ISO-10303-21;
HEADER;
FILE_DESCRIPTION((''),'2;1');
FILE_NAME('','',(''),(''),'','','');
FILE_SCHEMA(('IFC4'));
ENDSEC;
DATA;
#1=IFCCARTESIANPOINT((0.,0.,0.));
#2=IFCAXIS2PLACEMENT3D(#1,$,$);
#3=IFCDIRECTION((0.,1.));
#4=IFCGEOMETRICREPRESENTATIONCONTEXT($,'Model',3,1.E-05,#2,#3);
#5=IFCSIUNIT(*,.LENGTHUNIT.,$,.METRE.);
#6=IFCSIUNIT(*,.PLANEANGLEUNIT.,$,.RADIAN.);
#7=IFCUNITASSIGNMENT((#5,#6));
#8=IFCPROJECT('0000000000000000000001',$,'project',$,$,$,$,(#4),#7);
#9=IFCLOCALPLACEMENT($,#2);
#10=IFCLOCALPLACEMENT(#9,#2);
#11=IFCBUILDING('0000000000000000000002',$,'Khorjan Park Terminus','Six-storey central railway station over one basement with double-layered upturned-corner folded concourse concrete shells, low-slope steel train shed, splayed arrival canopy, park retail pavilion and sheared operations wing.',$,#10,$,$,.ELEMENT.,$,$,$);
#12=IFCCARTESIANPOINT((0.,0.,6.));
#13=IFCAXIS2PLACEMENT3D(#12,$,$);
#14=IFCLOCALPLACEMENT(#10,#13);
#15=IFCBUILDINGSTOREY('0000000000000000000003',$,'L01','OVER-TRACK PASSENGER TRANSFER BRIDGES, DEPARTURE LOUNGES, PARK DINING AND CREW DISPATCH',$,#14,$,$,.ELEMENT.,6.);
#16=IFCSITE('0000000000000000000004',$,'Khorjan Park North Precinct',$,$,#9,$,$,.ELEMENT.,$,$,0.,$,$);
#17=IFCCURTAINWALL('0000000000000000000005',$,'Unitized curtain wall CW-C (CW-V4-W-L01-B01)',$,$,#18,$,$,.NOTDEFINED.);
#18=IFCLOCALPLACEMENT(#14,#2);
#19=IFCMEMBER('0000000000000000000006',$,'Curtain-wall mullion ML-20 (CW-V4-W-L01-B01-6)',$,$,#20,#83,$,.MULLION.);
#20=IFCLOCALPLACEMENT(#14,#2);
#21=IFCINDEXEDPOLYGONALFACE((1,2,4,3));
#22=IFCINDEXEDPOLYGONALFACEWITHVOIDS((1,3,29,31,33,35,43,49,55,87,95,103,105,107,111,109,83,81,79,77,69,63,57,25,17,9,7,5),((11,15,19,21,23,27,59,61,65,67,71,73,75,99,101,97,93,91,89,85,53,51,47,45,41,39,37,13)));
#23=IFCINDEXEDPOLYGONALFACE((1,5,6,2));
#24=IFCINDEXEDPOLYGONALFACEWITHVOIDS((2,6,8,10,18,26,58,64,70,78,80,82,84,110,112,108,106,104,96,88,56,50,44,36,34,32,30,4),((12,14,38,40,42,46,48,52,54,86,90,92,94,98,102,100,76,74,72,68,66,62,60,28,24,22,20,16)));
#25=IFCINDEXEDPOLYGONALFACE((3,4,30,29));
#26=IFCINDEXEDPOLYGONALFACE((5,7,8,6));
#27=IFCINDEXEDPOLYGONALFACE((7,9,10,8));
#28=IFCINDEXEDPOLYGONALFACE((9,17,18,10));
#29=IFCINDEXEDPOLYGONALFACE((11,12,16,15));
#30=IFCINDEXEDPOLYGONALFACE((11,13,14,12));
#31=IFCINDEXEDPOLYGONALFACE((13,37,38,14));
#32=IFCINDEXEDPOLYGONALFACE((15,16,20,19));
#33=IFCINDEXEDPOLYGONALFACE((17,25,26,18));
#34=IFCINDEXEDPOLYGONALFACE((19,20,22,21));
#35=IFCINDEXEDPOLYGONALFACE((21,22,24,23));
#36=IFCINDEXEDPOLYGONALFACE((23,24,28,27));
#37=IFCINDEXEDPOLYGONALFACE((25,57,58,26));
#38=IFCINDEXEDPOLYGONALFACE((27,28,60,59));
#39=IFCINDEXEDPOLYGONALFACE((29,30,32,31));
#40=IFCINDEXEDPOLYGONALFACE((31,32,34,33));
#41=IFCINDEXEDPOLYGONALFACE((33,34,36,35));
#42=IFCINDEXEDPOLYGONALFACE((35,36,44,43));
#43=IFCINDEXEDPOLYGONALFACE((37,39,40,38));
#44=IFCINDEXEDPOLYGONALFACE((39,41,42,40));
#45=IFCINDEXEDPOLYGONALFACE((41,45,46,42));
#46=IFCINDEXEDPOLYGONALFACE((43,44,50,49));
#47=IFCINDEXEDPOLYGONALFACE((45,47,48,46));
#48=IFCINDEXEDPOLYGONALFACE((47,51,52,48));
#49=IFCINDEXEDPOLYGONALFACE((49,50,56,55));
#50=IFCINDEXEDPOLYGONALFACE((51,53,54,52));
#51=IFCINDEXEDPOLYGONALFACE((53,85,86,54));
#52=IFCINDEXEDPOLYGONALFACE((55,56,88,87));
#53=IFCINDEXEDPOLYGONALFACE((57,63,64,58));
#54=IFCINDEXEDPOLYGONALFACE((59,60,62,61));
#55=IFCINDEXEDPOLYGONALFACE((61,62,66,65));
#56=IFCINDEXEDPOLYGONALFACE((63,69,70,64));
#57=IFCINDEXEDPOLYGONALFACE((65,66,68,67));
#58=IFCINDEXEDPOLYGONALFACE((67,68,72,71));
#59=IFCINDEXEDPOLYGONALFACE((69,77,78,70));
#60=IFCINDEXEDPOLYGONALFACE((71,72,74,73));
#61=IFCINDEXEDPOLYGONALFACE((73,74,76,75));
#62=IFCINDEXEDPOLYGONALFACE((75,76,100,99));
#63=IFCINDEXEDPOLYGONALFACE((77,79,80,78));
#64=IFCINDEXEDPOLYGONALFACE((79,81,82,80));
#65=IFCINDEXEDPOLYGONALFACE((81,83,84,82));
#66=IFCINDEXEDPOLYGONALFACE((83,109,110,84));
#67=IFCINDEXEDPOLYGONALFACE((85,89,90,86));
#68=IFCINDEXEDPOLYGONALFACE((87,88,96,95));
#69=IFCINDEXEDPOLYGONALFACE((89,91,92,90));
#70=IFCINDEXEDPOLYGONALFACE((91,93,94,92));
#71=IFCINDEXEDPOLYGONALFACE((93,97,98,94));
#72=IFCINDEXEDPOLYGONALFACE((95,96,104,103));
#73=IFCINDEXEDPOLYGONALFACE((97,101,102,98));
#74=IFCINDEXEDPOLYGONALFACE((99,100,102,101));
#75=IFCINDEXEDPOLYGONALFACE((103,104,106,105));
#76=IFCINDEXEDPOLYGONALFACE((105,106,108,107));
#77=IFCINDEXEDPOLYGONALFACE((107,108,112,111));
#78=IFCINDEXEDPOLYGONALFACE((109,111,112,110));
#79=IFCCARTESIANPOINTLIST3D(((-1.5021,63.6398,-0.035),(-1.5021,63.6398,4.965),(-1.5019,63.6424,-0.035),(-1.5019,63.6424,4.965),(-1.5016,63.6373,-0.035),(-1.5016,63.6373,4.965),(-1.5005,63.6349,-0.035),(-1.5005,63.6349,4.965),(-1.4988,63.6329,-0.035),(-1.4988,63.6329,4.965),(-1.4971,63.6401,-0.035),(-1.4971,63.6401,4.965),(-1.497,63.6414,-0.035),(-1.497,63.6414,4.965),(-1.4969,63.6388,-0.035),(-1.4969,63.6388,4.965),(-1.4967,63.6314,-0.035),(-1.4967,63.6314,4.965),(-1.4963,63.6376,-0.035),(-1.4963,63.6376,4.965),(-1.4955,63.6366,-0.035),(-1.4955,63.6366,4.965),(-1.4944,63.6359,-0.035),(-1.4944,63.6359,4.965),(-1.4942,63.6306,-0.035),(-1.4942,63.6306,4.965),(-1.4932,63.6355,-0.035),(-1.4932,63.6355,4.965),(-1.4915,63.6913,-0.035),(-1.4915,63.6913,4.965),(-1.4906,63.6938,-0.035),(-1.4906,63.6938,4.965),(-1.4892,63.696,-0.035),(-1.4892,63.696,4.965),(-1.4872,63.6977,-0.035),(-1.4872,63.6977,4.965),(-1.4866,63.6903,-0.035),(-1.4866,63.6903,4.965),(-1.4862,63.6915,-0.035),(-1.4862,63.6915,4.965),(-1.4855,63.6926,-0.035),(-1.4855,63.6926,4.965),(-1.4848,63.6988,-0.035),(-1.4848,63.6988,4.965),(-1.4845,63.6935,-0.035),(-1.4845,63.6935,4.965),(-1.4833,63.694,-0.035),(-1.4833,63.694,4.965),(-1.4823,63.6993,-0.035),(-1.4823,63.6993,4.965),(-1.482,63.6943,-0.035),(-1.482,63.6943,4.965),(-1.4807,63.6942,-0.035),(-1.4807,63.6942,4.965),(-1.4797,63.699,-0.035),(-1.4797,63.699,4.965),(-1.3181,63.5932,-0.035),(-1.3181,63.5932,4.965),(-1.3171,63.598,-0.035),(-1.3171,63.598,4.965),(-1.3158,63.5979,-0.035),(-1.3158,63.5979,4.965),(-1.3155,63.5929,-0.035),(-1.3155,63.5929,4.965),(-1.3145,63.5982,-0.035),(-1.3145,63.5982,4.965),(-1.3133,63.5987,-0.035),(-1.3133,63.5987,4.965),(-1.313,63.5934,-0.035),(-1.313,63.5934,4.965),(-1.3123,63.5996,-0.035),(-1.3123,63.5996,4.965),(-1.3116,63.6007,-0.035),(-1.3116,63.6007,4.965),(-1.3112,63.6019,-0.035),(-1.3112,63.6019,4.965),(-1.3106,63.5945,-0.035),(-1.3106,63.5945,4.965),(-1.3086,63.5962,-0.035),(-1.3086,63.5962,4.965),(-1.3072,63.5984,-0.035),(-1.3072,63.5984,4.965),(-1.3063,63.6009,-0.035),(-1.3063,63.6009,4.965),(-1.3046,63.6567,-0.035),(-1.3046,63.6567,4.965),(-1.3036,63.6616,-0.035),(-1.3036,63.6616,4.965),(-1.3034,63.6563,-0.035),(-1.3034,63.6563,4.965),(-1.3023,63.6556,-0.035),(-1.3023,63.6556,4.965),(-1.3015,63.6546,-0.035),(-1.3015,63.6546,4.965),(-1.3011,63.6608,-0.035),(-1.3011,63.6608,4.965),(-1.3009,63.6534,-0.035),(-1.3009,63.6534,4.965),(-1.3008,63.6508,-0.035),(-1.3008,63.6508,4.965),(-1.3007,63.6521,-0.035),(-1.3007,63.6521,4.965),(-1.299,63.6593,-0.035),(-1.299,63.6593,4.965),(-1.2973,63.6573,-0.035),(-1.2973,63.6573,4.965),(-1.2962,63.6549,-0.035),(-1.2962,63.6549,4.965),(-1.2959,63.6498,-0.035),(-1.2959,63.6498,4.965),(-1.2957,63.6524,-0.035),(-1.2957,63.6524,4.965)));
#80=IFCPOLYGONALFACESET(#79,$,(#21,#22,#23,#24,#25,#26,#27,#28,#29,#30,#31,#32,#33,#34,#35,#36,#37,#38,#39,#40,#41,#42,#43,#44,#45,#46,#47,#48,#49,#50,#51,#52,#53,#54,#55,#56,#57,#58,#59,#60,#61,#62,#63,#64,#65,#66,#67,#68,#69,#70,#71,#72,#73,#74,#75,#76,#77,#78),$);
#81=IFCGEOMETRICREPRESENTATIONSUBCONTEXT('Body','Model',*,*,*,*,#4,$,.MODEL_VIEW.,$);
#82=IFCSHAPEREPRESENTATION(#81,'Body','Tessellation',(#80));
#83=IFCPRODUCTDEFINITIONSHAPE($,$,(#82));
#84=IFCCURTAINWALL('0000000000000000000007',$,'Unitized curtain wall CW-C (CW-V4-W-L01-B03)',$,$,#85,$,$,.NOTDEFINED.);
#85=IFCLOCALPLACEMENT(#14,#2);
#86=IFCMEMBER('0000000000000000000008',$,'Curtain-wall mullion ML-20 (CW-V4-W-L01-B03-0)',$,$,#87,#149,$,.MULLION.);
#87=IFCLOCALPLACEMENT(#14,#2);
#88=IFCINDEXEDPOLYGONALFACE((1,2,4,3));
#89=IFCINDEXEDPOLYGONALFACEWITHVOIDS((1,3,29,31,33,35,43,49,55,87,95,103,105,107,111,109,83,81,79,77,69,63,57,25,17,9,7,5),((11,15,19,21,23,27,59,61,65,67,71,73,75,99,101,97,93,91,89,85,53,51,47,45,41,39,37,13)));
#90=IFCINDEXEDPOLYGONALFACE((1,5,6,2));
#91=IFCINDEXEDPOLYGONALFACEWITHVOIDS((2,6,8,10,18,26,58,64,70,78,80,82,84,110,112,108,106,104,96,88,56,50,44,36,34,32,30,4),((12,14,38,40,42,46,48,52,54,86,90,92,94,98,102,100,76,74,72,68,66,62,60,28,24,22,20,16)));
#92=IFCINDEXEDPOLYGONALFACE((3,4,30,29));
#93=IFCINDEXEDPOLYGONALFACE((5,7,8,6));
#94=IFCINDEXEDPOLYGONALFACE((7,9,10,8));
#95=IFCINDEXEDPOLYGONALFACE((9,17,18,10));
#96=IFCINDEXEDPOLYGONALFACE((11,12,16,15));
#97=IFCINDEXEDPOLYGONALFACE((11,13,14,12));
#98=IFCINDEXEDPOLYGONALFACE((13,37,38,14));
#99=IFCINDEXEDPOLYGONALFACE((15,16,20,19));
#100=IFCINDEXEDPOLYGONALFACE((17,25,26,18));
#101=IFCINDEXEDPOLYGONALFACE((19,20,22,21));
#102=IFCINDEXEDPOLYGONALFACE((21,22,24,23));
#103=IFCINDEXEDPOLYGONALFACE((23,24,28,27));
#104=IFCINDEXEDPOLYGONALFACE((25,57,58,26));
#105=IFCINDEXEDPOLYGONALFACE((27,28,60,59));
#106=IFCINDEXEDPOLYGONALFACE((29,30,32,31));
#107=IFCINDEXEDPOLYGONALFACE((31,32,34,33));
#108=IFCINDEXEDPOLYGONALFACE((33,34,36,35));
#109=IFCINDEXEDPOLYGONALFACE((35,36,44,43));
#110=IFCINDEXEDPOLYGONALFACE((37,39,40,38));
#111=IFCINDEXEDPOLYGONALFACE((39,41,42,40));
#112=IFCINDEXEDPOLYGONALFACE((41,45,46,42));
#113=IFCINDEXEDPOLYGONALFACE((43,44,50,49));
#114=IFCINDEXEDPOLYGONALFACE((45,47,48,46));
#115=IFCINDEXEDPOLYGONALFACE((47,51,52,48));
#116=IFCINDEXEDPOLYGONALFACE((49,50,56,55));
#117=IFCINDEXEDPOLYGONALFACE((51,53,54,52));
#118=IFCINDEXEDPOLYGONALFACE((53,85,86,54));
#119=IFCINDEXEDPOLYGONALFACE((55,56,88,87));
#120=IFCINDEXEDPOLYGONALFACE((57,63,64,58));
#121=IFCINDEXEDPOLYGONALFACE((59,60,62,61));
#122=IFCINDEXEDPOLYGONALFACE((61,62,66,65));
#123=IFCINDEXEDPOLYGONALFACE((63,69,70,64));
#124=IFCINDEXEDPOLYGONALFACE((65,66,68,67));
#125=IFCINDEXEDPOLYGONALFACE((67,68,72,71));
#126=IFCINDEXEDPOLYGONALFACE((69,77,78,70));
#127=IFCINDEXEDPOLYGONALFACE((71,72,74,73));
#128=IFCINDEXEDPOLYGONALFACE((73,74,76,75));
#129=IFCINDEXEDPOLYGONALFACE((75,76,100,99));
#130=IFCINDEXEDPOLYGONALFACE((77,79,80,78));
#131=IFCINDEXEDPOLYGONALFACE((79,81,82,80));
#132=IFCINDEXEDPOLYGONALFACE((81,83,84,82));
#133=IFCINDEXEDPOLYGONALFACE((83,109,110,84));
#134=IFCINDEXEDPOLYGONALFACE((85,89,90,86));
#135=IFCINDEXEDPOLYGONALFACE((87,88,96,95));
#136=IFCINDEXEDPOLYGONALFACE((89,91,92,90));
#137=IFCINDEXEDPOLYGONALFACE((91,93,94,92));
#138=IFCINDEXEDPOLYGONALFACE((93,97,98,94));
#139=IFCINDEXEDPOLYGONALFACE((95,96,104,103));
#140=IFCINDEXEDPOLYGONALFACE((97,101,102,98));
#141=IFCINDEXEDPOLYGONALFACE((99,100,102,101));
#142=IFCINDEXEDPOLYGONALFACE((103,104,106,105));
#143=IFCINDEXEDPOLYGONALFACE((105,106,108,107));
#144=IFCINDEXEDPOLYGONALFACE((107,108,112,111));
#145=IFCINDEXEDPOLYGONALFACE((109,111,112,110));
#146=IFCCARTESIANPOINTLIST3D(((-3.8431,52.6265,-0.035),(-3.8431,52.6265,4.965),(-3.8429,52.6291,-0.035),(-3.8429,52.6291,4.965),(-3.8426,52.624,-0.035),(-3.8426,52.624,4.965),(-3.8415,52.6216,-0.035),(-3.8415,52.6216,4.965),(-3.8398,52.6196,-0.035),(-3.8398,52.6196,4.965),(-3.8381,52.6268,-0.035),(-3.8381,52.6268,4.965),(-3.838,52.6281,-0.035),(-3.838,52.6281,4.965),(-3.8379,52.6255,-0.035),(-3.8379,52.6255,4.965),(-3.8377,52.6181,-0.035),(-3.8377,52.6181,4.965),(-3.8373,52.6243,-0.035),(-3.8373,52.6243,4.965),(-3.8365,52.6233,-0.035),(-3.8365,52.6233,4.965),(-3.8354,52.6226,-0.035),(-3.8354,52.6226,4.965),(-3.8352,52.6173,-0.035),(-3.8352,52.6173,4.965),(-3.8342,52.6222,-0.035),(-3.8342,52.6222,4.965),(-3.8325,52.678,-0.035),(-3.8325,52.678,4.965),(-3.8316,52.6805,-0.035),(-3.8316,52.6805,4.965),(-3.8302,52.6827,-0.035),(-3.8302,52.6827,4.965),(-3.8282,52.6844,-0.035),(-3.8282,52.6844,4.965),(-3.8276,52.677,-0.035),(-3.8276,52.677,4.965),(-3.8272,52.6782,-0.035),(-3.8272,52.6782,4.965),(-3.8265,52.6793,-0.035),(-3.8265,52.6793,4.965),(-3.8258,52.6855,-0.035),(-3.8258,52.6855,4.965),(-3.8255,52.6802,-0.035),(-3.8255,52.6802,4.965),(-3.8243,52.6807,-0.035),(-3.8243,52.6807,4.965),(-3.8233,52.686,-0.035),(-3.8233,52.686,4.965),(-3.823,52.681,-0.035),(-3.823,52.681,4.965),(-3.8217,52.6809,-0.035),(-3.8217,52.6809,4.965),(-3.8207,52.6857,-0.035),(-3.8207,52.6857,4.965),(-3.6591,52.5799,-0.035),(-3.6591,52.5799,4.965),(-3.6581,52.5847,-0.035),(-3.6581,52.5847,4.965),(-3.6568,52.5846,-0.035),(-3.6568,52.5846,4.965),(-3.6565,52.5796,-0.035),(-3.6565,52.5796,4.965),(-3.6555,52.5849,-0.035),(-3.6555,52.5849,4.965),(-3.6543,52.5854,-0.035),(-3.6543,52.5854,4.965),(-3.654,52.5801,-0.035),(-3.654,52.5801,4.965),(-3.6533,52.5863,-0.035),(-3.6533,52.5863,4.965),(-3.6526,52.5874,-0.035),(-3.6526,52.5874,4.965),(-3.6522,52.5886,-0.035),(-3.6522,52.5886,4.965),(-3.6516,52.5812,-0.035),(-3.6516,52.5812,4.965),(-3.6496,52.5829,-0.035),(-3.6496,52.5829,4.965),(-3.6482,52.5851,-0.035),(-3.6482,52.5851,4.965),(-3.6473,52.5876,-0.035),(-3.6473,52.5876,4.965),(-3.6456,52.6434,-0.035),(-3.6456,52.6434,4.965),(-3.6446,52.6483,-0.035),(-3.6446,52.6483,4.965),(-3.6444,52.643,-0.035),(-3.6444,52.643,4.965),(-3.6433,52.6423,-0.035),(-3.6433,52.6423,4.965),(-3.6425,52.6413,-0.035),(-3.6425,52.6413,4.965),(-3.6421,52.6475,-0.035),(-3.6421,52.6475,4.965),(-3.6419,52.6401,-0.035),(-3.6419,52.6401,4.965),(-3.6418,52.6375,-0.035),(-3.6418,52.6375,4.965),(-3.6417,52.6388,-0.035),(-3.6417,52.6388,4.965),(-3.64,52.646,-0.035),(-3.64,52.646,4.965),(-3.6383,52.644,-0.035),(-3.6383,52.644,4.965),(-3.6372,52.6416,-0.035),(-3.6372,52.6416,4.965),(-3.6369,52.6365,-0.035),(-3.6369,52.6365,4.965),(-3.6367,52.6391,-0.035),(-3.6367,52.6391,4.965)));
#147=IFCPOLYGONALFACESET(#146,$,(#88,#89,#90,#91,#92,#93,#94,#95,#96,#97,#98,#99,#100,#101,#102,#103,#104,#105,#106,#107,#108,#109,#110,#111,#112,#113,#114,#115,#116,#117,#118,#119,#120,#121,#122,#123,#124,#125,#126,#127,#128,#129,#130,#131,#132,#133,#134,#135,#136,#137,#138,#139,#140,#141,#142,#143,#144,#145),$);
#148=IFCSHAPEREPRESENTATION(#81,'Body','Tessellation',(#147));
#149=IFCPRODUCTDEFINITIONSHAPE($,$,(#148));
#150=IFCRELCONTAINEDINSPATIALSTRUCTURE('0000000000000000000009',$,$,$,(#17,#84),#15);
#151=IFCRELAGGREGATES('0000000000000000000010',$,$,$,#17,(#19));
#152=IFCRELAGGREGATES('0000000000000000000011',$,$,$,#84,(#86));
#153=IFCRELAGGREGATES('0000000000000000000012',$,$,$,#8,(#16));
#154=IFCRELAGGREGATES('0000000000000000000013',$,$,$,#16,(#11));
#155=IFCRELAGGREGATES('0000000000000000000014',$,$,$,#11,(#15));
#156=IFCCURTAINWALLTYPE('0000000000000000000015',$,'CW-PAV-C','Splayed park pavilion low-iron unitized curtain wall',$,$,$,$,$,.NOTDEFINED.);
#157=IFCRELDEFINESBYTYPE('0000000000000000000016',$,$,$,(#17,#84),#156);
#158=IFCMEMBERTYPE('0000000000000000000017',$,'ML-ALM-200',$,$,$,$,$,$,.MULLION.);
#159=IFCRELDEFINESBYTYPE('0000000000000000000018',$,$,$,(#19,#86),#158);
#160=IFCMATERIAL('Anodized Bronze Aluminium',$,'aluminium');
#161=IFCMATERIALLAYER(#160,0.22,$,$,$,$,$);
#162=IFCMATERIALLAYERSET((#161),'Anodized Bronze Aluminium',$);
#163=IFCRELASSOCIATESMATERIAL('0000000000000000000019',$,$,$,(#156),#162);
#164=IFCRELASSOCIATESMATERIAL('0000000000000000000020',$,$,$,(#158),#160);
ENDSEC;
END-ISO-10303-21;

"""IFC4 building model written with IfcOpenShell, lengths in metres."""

from ifc_helpers import new_model, si_unit, direction, frame, origin, origin_2d, place, context, subcontext, project, spatial, hollow_rectangle, extrude, material, layer, layer_set, material_profile, profile_set, type_object, element, aggregate, save


model = new_model("IFC4")

# Units and contexts
model_context = context("Model", 3, precision=1e-05, world=origin(), true_north=direction((0.0, 1.0)))
body_context = subcontext(model_context, "Body", "Model", "MODEL_VIEW")
ifc_project = project(units=[si_unit("LENGTHUNIT", "METRE"), si_unit("PLANEANGLEUNIT", "RADIAN")], contexts=[model_context])

# Site, building, storey
site_placement = place(None, origin())
site = spatial("IfcSite", under=ifc_project, at=site_placement, Name="Khorjan Park North Precinct", CompositionType="ELEMENT", RefElevation=0.0)
building_placement = place(site_placement, origin())
building = spatial("IfcBuilding", under=site, at=building_placement, Name="Khorjan Park Terminus", Description="Six-storey central railway station over one basement with double-layered upturned-corner folded concourse concrete shells, low-slope steel train shed, splayed arrival canopy, park retail pavilion and sheared operations wing.", CompositionType="ELEMENT")
storey_placement = place(building_placement, frame((0.0, 0.0, 6.0)))
storey = spatial("IfcBuildingStorey", under=building, at=storey_placement, Name="L01", Description="OVER-TRACK PASSENGER TRANSFER BRIDGES, DEPARTURE LOUNGES, PARK DINING AND CREW DISPATCH", CompositionType="ELEMENT", Elevation=6.0)

# Curtain wall, member
ifc_material_1 = material(Name="Anodized Bronze Aluminium", Category="aluminium")
ifc_layer_1 = layer(ifc_material_1, 0.22)
ifc_layer_set_1 = layer_set([ifc_layer_1], Name="Anodized Bronze Aluminium")
curtain_wall_type = type_object("IfcCurtainWallType", Name="CW-PAV-C", Description="Splayed park pavilion low-iron unitized curtain wall", PredefinedType="NOTDEFINED", material=ifc_layer_set_1)
curtain_wall_1_placement = place(storey_placement, origin())
curtain_wall_1 = element("IfcCurtainWall", 1, at=curtain_wall_1_placement, inside=storey, type_object=curtain_wall_type, Name="Unitized curtain wall CW-C (CW-V4-W-L01-B01)", PredefinedType="NOTDEFINED")
ifc_material_profile_1 = material_profile(ifc_material_1, hollow_rectangle(XDim=0.07, YDim=0.2, WallThickness=0.005, InnerFilletRadius=0.005, OuterFilletRadius=0.01, at=origin_2d()), Name="ALM 70x200x5")
ifc_profile_set_1 = profile_set([ifc_material_profile_1], Name="Anodized Bronze Aluminium")
member_type_1 = type_object("IfcMemberType", Name="ML-ALM-200", PredefinedType="MULLION", material=ifc_profile_set_1)
member_1_placement = place(storey_placement, frame((-1.3989, 63.6461, -0.035), z_axis=(0.0, 0.0, 1.0), x_axis=(-0.207907, -0.978149, 0.0)))
member_1 = element("IfcMember", 2, at=member_1_placement, type_object=member_type_1, Name="Curtain-wall mullion ML-20 (CW-V4-W-L01-B01-6)", PredefinedType="MULLION", context=body_context, shape_type="SweptSolid", body=[
    extrude(hollow_rectangle(XDim=0.07, YDim=0.2, WallThickness=0.005, InnerFilletRadius=0.005, OuterFilletRadius=0.01, at=origin_2d()), origin(), (0.0, 0.0, 1.0), 5.0),
])

# Curtain wall, member
curtain_wall_2_placement = place(storey_placement, origin())
curtain_wall_2 = element("IfcCurtainWall", 3, at=curtain_wall_2_placement, inside=storey, type_object=curtain_wall_type, Name="Unitized curtain wall CW-C (CW-V4-W-L01-B03)", PredefinedType="NOTDEFINED")
member_2_placement = place(storey_placement, frame((-3.7399, 52.6328, -0.035), z_axis=(0.0, 0.0, 1.0), x_axis=(-0.207918, -0.978146, 0.0)))
member_2 = element("IfcMember", 4, at=member_2_placement, type_object=member_type_1, Name="Curtain-wall mullion ML-20 (CW-V4-W-L01-B03-0)", PredefinedType="MULLION", context=body_context, shape_type="SweptSolid", body=[
    extrude(hollow_rectangle(XDim=0.07, YDim=0.2, WallThickness=0.005, InnerFilletRadius=0.005, OuterFilletRadius=0.01, at=origin_2d()), origin(), (0.0, 0.0, 1.0), 5.0),
])

aggregate(curtain_wall_1, [member_1])
aggregate(curtain_wall_2, [member_2])

save(model, "model.ifc")
